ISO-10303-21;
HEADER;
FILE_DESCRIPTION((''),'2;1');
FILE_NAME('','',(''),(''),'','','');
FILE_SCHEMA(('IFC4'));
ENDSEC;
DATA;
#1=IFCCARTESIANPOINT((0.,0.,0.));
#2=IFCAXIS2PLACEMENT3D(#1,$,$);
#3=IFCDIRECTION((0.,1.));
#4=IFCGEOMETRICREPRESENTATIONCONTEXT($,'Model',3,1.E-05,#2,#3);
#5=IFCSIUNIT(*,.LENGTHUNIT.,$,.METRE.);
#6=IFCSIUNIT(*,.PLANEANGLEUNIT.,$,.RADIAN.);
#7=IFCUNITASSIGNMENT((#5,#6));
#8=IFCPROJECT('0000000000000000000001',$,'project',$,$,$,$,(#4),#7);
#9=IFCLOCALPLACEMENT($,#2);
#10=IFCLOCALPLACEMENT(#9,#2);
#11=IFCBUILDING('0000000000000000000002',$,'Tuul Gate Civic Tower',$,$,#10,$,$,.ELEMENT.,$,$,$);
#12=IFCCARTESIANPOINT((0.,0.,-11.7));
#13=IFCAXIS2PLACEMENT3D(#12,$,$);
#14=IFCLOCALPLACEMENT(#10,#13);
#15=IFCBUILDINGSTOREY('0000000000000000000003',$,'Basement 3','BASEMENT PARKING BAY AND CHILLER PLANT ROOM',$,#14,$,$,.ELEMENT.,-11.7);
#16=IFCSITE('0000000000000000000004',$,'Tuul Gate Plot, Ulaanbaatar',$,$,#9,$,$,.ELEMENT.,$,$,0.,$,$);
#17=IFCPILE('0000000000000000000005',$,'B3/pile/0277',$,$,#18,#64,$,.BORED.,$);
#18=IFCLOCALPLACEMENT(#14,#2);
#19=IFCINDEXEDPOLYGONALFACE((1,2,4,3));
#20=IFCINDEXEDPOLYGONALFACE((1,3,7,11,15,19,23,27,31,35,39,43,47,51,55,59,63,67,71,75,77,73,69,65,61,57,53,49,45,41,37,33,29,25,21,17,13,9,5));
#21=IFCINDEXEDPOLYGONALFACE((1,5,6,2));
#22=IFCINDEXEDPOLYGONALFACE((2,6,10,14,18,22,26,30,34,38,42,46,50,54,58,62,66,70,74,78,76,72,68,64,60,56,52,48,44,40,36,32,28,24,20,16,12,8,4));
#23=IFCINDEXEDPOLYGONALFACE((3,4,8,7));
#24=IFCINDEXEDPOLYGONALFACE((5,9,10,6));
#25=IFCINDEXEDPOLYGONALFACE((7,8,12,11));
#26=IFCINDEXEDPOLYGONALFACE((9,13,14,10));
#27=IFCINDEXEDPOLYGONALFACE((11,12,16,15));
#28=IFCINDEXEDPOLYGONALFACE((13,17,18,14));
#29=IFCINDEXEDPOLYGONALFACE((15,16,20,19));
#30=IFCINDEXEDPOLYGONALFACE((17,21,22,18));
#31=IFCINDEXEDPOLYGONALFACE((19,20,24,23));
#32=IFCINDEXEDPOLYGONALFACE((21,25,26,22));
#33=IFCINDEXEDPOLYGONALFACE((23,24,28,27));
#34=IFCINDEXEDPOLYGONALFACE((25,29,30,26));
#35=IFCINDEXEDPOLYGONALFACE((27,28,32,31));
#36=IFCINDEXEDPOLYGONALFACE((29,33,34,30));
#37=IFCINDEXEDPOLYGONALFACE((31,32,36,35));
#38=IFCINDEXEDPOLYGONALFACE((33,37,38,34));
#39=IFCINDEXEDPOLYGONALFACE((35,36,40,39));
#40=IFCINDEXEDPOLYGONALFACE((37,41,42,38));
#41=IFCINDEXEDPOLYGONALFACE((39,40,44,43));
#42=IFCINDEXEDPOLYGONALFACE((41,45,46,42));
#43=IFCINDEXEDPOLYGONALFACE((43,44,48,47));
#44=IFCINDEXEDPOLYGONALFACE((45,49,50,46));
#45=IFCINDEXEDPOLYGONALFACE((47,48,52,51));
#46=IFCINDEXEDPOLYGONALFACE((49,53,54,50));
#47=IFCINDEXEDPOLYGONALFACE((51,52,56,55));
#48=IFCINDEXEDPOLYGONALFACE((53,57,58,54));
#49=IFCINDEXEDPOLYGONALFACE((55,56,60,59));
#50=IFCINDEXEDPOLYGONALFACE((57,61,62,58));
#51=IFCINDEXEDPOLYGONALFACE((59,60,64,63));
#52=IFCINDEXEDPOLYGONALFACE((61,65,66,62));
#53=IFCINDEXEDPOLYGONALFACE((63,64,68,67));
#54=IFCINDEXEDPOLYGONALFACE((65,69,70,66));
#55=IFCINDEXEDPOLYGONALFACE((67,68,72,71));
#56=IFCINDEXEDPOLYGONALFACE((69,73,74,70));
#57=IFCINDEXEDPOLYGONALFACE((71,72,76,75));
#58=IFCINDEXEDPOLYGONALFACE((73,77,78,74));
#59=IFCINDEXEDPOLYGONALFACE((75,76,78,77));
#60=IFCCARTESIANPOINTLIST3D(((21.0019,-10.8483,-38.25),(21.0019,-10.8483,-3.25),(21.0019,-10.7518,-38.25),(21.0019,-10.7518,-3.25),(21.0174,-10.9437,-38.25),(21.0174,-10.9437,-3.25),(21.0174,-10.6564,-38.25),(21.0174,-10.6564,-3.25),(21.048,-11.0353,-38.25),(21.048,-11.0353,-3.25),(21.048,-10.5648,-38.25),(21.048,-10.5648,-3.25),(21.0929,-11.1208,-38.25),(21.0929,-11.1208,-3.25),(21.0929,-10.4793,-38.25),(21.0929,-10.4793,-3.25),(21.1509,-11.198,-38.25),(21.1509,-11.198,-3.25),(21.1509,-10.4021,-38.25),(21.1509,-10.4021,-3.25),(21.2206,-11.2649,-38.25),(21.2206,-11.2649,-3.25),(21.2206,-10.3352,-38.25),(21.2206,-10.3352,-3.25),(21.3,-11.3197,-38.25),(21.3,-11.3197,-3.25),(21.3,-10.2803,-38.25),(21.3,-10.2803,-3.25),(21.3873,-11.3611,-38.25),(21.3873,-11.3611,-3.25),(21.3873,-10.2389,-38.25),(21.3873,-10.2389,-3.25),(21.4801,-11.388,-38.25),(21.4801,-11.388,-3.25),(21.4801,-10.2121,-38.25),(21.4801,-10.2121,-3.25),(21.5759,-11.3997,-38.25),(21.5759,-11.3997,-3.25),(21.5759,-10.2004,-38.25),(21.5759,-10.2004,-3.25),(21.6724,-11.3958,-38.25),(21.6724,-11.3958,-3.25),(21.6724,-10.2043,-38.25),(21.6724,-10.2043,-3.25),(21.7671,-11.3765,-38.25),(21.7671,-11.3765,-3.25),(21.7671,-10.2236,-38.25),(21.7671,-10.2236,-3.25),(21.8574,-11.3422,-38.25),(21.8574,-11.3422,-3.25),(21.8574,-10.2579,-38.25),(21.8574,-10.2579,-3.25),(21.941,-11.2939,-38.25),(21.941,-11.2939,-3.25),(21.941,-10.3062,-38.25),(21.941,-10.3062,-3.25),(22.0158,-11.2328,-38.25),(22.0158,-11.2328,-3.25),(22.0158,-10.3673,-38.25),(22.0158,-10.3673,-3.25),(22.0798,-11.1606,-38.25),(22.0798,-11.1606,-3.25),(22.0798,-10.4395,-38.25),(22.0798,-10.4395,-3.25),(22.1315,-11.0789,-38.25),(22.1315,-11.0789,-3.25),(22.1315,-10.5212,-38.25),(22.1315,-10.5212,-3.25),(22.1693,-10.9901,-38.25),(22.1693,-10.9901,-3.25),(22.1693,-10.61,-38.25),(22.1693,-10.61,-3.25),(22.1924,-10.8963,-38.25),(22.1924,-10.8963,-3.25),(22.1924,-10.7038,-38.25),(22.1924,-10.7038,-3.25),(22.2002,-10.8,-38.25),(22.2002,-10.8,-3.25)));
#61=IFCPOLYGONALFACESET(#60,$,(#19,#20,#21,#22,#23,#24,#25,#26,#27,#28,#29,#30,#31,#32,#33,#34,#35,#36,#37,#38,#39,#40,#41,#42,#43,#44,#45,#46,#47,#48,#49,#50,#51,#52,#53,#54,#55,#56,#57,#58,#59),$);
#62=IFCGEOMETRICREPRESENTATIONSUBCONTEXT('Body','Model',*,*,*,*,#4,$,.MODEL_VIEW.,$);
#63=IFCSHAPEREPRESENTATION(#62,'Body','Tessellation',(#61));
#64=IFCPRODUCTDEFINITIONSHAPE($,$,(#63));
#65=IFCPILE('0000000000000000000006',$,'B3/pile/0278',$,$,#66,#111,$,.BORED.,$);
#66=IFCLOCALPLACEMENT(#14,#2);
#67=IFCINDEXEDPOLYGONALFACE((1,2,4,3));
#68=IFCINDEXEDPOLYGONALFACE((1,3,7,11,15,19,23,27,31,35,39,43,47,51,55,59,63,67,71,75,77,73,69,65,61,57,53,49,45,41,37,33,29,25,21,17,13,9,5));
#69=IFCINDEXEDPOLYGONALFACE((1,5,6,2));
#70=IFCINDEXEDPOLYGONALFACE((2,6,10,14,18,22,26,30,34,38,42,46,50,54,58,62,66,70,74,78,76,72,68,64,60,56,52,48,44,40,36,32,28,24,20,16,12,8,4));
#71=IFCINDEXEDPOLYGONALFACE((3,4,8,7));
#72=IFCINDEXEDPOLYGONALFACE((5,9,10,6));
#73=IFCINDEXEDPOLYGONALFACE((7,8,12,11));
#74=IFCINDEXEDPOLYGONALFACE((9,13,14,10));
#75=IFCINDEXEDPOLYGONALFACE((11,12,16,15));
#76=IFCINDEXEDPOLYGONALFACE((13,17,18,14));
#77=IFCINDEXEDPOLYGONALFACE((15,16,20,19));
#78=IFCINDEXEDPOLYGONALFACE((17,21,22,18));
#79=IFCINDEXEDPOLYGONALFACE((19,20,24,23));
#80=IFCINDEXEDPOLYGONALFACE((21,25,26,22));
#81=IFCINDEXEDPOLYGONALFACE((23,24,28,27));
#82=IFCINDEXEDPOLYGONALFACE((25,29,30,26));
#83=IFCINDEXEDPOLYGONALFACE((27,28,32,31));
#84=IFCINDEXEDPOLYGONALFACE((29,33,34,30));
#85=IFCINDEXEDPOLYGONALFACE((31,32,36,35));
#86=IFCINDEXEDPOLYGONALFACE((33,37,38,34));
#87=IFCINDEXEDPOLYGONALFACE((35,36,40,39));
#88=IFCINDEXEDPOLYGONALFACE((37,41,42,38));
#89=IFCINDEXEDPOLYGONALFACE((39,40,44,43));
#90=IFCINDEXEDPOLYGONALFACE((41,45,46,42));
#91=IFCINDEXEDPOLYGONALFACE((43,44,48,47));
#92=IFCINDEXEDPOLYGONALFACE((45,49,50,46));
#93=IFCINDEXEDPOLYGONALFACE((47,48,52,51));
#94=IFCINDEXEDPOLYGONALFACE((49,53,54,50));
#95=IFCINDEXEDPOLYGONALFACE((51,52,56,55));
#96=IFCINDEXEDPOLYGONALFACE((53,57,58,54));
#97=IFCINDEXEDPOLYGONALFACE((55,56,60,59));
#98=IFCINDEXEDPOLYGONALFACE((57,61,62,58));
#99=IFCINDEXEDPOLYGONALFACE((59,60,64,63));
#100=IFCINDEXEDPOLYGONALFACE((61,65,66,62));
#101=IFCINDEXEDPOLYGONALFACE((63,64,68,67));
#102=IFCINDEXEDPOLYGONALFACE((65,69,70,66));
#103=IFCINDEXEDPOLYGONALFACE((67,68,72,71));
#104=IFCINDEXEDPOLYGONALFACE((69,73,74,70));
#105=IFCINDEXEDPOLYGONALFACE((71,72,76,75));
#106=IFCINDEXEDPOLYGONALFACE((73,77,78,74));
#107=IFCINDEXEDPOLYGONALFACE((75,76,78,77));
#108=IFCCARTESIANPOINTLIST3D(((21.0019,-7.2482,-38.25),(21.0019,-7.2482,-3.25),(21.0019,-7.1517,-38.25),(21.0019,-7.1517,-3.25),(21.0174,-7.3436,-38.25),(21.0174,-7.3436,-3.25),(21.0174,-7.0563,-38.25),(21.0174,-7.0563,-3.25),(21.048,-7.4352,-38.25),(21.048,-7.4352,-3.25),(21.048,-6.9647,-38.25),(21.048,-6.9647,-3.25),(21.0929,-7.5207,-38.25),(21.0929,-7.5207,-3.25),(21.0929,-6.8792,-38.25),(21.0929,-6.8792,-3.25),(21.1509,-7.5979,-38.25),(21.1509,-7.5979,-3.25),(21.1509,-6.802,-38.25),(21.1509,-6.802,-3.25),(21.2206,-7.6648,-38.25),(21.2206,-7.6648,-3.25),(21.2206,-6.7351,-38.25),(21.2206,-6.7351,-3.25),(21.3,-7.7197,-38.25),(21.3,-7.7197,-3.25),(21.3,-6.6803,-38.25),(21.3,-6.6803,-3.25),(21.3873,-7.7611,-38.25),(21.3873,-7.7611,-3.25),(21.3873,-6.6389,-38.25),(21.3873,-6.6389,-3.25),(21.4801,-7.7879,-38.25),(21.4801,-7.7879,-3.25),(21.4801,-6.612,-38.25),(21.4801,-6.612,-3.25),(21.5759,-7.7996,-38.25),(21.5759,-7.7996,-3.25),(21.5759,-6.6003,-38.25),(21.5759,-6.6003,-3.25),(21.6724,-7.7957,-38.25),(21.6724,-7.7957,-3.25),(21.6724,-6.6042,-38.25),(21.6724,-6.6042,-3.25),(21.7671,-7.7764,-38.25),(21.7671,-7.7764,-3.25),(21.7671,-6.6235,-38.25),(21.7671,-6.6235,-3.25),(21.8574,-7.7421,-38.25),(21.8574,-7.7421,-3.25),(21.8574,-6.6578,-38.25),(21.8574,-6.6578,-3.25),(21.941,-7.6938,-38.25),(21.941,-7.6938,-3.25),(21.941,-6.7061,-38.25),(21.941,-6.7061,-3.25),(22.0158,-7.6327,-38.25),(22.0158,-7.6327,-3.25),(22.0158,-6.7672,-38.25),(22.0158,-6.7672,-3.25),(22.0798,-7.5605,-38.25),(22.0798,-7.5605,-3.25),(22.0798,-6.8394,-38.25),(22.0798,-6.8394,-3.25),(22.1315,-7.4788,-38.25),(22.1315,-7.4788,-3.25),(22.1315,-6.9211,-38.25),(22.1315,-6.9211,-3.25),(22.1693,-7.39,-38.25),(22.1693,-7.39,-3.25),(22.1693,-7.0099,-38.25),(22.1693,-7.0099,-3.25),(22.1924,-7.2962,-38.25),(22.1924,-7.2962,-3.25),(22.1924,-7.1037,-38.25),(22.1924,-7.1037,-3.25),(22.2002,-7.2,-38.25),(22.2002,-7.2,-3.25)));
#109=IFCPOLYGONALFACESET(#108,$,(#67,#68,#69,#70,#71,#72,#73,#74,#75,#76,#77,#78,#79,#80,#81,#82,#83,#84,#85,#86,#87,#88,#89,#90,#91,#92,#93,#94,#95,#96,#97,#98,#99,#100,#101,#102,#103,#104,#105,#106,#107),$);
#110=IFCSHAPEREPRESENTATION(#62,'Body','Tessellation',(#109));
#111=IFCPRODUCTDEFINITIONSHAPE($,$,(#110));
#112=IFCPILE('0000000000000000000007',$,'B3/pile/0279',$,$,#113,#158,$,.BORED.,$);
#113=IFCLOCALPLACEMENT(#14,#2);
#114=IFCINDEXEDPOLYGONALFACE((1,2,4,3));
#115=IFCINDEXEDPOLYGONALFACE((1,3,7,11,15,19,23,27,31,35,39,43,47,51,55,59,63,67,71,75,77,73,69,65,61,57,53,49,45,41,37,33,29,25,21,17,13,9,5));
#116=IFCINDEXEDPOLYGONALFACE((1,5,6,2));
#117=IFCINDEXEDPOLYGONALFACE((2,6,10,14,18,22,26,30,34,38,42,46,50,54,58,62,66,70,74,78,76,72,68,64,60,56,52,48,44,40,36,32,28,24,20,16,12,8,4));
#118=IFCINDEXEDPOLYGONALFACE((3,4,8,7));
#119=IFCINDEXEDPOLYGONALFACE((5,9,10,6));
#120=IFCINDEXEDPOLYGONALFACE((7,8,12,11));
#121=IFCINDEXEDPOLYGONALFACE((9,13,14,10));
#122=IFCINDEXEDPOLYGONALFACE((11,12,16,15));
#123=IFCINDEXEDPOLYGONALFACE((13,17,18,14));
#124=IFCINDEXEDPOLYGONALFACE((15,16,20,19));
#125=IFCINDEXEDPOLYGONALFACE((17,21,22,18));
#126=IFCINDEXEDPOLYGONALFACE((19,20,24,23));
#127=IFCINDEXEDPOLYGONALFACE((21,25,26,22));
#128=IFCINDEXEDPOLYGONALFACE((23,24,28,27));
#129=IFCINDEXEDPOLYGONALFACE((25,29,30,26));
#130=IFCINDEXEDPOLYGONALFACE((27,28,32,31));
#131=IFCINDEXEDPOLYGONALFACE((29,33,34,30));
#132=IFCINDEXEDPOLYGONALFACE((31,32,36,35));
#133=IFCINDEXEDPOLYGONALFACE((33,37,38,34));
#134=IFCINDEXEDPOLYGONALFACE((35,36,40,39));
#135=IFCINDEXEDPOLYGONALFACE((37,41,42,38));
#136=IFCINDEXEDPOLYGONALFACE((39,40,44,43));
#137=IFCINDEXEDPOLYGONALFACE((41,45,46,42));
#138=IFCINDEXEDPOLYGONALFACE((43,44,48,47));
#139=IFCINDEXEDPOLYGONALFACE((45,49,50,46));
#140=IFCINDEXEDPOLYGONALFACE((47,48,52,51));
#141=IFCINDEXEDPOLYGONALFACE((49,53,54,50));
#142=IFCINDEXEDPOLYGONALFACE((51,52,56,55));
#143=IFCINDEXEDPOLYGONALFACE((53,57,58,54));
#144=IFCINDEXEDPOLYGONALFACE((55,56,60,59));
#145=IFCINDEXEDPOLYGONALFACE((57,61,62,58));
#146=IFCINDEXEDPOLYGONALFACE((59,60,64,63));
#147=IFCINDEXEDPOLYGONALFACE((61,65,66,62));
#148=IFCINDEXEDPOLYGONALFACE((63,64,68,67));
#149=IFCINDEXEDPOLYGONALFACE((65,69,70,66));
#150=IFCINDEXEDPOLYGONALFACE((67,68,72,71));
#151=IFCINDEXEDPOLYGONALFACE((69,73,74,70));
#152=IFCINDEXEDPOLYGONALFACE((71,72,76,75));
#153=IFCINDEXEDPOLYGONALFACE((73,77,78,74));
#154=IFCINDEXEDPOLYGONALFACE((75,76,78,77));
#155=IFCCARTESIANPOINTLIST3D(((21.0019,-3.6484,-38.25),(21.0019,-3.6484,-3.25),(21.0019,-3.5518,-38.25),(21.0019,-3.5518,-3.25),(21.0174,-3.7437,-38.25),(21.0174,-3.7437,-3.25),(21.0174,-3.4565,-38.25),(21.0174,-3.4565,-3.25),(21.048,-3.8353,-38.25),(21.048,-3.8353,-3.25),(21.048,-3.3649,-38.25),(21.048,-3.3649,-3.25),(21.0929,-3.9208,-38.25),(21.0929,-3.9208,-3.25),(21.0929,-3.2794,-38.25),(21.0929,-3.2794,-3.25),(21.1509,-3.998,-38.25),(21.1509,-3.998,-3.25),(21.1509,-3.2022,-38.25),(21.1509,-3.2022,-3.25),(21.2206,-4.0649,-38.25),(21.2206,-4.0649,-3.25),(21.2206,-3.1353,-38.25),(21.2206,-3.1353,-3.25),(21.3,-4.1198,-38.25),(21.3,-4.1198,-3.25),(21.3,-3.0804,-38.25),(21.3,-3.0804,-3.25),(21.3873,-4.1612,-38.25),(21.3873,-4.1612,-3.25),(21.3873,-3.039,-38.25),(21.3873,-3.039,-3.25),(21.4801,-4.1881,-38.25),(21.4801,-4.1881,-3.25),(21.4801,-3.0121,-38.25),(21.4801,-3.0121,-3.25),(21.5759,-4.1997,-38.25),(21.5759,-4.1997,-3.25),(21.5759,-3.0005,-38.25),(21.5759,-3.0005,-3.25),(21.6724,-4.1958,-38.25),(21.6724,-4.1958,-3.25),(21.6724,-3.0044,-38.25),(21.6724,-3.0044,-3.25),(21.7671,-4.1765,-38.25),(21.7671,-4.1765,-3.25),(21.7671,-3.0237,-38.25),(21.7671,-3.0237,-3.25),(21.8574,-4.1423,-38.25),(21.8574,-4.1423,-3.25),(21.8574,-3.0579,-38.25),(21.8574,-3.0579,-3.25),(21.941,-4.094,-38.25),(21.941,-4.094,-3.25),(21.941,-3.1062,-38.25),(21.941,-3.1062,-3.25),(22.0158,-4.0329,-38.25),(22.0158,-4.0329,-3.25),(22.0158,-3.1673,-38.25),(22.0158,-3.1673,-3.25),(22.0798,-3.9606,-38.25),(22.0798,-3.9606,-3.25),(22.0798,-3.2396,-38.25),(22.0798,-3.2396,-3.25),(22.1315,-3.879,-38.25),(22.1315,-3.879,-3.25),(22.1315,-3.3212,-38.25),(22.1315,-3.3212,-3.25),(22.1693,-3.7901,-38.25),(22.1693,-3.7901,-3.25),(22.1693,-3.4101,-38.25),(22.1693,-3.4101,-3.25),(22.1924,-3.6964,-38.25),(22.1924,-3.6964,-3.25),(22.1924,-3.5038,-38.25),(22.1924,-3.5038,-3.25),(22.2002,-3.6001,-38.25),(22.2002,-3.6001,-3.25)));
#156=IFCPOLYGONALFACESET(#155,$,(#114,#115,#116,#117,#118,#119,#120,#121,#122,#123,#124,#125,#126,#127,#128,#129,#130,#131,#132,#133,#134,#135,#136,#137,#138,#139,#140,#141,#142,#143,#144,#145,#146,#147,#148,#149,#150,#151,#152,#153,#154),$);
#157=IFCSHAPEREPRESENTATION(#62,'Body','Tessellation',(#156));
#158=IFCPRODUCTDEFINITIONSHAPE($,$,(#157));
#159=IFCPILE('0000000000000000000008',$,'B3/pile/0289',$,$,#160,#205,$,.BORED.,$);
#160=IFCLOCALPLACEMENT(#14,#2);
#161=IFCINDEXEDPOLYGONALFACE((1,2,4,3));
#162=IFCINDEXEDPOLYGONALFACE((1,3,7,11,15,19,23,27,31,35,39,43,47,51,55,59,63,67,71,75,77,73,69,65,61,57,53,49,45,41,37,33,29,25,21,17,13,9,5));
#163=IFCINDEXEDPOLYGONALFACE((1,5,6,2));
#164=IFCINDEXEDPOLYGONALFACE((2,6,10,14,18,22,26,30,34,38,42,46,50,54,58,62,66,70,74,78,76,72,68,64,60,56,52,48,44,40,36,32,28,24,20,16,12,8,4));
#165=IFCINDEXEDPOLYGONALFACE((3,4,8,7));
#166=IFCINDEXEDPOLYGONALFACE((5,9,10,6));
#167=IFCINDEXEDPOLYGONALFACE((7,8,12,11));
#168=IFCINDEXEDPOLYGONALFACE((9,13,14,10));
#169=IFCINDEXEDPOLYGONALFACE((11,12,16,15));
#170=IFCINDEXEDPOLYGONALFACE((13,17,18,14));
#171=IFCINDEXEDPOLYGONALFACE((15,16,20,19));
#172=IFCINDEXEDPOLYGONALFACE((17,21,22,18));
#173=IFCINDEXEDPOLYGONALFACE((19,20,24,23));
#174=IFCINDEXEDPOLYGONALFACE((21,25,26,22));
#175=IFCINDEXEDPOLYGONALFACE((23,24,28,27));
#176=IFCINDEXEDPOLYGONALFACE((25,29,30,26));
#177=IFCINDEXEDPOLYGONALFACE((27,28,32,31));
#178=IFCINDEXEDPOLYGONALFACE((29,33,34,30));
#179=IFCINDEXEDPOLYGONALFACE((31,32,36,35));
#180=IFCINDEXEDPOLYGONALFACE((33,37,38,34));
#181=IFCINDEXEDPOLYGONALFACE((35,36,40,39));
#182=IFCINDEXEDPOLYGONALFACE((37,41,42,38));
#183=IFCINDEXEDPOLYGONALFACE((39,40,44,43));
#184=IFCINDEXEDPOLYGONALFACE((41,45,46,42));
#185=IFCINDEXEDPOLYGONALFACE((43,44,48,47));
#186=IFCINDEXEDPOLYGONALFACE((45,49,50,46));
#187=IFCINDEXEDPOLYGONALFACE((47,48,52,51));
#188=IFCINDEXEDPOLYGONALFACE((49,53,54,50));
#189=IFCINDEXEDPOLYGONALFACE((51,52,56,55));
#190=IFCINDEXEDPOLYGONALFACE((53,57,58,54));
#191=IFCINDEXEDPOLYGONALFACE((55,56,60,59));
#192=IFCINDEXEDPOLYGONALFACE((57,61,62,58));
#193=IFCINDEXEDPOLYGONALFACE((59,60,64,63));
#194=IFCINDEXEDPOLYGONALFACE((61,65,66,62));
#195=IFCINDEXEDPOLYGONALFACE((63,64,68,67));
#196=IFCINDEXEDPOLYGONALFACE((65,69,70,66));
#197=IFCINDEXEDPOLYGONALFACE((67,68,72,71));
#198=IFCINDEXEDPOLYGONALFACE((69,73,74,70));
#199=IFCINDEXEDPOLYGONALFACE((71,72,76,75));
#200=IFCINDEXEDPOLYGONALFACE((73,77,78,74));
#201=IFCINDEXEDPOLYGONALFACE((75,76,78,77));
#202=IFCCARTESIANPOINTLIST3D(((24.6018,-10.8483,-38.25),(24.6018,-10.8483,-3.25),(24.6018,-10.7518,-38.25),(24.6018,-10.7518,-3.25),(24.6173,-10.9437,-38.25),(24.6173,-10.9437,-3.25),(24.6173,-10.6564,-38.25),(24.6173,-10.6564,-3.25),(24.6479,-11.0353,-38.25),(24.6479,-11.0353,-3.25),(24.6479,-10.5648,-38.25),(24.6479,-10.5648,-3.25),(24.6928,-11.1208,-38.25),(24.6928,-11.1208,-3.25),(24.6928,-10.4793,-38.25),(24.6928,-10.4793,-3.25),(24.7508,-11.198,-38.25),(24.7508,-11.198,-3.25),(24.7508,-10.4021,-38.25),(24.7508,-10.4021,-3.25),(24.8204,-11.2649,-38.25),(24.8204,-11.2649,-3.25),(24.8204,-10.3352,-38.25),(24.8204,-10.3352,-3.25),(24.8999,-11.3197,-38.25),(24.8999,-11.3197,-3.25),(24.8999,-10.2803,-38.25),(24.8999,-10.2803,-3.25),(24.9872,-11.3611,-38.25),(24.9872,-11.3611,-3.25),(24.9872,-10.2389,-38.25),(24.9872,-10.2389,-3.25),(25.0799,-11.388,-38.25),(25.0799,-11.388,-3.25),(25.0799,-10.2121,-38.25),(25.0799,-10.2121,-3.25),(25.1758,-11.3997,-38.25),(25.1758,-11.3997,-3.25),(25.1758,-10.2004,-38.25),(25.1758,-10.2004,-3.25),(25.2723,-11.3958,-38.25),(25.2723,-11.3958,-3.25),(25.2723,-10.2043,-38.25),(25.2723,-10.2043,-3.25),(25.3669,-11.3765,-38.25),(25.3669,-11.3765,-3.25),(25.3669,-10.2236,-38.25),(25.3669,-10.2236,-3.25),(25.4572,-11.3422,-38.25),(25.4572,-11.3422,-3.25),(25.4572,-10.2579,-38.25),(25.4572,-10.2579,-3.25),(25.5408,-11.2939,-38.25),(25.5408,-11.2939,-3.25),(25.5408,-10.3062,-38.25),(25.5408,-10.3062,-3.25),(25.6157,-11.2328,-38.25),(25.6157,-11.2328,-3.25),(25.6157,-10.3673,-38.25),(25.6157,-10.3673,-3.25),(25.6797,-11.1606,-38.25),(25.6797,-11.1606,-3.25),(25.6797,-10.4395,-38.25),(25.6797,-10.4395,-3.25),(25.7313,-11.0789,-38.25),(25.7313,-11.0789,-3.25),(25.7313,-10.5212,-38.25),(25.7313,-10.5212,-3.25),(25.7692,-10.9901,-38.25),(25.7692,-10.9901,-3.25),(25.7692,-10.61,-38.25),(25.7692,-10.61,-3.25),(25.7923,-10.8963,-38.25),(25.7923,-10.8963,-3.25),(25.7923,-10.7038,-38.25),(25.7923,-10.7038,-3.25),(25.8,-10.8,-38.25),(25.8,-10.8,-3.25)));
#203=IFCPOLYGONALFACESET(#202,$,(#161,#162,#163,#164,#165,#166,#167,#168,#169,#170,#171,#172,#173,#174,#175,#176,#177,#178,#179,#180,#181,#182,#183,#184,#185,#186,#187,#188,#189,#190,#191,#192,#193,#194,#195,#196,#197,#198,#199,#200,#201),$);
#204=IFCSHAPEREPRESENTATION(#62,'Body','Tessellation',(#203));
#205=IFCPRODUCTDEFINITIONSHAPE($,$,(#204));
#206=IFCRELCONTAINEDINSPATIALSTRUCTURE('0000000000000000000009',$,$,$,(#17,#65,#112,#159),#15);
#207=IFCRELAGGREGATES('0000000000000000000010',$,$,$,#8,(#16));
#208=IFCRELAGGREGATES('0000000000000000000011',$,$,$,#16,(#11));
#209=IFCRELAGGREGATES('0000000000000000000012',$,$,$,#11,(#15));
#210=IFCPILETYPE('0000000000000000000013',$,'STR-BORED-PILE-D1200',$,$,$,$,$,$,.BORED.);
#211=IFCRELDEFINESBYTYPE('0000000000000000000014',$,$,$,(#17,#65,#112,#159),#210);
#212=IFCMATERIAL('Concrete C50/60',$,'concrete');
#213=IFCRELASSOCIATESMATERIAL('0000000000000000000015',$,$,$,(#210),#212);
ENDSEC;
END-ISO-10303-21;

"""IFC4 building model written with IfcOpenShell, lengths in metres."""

from ifc_helpers import new_model, si_unit, direction, frame, origin, origin_2d, place, context, subcontext, project, spatial, circle, extrude, material, material_profile, profile_set, type_object, element, save


model = new_model("IFC4")

# Units and contexts
model_context = context("Model", 3, precision=1e-05, world=origin(), true_north=direction((0.0, 1.0)))
body_context = subcontext(model_context, "Body", "Model", "MODEL_VIEW")
ifc_project = project(units=[si_unit("LENGTHUNIT", "METRE"), si_unit("PLANEANGLEUNIT", "RADIAN")], contexts=[model_context])

# Site, building, storey
site_placement = place(None, origin())
site = spatial("IfcSite", under=ifc_project, at=site_placement, Name="Tuul Gate Plot, Ulaanbaatar", CompositionType="ELEMENT", RefElevation=0.0)
building_placement = place(site_placement, origin())
building = spatial("IfcBuilding", under=site, at=building_placement, Name="Tuul Gate Civic Tower", CompositionType="ELEMENT")
storey_placement = place(building_placement, frame((0.0, 0.0, -11.7)))
storey = spatial("IfcBuildingStorey", under=building, at=storey_placement, Name="Basement 3", Description="BASEMENT PARKING BAY AND CHILLER PLANT ROOM", CompositionType="ELEMENT", Elevation=-11.7)

# Piles
ifc_material_1 = material(Name="Concrete C50/60", Category="concrete")
ifc_material_profile_1 = material_profile(ifc_material_1, circle(Radius=0.6001, at=origin_2d()), Name="PILE1200")
ifc_profile_set_1 = profile_set([ifc_material_profile_1], Name="Concrete C50/60")
pile_type = type_object("IfcPileType", Name="STR-BORED-PILE-D1200", PredefinedType="BORED", material=ifc_profile_set_1)
for number, where, z_axis, x_axis, name in (
    (1, (21.6001, -10.8, -3.25), (0.0, 0.0, -1.0), (1.0, 0.0, 0.0), "B3/pile/0277"),
    (2, (21.6001, -7.2, -3.25), (0.0, 0.0, -1.0), (1.0, 0.0, 0.0), "B3/pile/0278"),
    (3, (21.6001, -3.6001, -3.25), (0.0, 0.0, -1.0), (1.0, 0.0, 0.0), "B3/pile/0279"),
    (4, (25.2, -10.8, -3.25), (0.0, 0.0, -1.0), (1.0, 0.0, 0.0), "B3/pile/0289"),
):
    element("IfcPile", number, at=place(storey_placement, frame(where, z_axis=z_axis, x_axis=x_axis)), inside=storey, type_object=pile_type, Name=name, PredefinedType="BORED", context=body_context, shape_type="SweptSolid", body=[
        extrude(circle(Radius=0.6001, at=origin_2d()), origin(), (0.0, 0.0, 1.0), 35.0),
    ])

save(model, "model.ifc")
